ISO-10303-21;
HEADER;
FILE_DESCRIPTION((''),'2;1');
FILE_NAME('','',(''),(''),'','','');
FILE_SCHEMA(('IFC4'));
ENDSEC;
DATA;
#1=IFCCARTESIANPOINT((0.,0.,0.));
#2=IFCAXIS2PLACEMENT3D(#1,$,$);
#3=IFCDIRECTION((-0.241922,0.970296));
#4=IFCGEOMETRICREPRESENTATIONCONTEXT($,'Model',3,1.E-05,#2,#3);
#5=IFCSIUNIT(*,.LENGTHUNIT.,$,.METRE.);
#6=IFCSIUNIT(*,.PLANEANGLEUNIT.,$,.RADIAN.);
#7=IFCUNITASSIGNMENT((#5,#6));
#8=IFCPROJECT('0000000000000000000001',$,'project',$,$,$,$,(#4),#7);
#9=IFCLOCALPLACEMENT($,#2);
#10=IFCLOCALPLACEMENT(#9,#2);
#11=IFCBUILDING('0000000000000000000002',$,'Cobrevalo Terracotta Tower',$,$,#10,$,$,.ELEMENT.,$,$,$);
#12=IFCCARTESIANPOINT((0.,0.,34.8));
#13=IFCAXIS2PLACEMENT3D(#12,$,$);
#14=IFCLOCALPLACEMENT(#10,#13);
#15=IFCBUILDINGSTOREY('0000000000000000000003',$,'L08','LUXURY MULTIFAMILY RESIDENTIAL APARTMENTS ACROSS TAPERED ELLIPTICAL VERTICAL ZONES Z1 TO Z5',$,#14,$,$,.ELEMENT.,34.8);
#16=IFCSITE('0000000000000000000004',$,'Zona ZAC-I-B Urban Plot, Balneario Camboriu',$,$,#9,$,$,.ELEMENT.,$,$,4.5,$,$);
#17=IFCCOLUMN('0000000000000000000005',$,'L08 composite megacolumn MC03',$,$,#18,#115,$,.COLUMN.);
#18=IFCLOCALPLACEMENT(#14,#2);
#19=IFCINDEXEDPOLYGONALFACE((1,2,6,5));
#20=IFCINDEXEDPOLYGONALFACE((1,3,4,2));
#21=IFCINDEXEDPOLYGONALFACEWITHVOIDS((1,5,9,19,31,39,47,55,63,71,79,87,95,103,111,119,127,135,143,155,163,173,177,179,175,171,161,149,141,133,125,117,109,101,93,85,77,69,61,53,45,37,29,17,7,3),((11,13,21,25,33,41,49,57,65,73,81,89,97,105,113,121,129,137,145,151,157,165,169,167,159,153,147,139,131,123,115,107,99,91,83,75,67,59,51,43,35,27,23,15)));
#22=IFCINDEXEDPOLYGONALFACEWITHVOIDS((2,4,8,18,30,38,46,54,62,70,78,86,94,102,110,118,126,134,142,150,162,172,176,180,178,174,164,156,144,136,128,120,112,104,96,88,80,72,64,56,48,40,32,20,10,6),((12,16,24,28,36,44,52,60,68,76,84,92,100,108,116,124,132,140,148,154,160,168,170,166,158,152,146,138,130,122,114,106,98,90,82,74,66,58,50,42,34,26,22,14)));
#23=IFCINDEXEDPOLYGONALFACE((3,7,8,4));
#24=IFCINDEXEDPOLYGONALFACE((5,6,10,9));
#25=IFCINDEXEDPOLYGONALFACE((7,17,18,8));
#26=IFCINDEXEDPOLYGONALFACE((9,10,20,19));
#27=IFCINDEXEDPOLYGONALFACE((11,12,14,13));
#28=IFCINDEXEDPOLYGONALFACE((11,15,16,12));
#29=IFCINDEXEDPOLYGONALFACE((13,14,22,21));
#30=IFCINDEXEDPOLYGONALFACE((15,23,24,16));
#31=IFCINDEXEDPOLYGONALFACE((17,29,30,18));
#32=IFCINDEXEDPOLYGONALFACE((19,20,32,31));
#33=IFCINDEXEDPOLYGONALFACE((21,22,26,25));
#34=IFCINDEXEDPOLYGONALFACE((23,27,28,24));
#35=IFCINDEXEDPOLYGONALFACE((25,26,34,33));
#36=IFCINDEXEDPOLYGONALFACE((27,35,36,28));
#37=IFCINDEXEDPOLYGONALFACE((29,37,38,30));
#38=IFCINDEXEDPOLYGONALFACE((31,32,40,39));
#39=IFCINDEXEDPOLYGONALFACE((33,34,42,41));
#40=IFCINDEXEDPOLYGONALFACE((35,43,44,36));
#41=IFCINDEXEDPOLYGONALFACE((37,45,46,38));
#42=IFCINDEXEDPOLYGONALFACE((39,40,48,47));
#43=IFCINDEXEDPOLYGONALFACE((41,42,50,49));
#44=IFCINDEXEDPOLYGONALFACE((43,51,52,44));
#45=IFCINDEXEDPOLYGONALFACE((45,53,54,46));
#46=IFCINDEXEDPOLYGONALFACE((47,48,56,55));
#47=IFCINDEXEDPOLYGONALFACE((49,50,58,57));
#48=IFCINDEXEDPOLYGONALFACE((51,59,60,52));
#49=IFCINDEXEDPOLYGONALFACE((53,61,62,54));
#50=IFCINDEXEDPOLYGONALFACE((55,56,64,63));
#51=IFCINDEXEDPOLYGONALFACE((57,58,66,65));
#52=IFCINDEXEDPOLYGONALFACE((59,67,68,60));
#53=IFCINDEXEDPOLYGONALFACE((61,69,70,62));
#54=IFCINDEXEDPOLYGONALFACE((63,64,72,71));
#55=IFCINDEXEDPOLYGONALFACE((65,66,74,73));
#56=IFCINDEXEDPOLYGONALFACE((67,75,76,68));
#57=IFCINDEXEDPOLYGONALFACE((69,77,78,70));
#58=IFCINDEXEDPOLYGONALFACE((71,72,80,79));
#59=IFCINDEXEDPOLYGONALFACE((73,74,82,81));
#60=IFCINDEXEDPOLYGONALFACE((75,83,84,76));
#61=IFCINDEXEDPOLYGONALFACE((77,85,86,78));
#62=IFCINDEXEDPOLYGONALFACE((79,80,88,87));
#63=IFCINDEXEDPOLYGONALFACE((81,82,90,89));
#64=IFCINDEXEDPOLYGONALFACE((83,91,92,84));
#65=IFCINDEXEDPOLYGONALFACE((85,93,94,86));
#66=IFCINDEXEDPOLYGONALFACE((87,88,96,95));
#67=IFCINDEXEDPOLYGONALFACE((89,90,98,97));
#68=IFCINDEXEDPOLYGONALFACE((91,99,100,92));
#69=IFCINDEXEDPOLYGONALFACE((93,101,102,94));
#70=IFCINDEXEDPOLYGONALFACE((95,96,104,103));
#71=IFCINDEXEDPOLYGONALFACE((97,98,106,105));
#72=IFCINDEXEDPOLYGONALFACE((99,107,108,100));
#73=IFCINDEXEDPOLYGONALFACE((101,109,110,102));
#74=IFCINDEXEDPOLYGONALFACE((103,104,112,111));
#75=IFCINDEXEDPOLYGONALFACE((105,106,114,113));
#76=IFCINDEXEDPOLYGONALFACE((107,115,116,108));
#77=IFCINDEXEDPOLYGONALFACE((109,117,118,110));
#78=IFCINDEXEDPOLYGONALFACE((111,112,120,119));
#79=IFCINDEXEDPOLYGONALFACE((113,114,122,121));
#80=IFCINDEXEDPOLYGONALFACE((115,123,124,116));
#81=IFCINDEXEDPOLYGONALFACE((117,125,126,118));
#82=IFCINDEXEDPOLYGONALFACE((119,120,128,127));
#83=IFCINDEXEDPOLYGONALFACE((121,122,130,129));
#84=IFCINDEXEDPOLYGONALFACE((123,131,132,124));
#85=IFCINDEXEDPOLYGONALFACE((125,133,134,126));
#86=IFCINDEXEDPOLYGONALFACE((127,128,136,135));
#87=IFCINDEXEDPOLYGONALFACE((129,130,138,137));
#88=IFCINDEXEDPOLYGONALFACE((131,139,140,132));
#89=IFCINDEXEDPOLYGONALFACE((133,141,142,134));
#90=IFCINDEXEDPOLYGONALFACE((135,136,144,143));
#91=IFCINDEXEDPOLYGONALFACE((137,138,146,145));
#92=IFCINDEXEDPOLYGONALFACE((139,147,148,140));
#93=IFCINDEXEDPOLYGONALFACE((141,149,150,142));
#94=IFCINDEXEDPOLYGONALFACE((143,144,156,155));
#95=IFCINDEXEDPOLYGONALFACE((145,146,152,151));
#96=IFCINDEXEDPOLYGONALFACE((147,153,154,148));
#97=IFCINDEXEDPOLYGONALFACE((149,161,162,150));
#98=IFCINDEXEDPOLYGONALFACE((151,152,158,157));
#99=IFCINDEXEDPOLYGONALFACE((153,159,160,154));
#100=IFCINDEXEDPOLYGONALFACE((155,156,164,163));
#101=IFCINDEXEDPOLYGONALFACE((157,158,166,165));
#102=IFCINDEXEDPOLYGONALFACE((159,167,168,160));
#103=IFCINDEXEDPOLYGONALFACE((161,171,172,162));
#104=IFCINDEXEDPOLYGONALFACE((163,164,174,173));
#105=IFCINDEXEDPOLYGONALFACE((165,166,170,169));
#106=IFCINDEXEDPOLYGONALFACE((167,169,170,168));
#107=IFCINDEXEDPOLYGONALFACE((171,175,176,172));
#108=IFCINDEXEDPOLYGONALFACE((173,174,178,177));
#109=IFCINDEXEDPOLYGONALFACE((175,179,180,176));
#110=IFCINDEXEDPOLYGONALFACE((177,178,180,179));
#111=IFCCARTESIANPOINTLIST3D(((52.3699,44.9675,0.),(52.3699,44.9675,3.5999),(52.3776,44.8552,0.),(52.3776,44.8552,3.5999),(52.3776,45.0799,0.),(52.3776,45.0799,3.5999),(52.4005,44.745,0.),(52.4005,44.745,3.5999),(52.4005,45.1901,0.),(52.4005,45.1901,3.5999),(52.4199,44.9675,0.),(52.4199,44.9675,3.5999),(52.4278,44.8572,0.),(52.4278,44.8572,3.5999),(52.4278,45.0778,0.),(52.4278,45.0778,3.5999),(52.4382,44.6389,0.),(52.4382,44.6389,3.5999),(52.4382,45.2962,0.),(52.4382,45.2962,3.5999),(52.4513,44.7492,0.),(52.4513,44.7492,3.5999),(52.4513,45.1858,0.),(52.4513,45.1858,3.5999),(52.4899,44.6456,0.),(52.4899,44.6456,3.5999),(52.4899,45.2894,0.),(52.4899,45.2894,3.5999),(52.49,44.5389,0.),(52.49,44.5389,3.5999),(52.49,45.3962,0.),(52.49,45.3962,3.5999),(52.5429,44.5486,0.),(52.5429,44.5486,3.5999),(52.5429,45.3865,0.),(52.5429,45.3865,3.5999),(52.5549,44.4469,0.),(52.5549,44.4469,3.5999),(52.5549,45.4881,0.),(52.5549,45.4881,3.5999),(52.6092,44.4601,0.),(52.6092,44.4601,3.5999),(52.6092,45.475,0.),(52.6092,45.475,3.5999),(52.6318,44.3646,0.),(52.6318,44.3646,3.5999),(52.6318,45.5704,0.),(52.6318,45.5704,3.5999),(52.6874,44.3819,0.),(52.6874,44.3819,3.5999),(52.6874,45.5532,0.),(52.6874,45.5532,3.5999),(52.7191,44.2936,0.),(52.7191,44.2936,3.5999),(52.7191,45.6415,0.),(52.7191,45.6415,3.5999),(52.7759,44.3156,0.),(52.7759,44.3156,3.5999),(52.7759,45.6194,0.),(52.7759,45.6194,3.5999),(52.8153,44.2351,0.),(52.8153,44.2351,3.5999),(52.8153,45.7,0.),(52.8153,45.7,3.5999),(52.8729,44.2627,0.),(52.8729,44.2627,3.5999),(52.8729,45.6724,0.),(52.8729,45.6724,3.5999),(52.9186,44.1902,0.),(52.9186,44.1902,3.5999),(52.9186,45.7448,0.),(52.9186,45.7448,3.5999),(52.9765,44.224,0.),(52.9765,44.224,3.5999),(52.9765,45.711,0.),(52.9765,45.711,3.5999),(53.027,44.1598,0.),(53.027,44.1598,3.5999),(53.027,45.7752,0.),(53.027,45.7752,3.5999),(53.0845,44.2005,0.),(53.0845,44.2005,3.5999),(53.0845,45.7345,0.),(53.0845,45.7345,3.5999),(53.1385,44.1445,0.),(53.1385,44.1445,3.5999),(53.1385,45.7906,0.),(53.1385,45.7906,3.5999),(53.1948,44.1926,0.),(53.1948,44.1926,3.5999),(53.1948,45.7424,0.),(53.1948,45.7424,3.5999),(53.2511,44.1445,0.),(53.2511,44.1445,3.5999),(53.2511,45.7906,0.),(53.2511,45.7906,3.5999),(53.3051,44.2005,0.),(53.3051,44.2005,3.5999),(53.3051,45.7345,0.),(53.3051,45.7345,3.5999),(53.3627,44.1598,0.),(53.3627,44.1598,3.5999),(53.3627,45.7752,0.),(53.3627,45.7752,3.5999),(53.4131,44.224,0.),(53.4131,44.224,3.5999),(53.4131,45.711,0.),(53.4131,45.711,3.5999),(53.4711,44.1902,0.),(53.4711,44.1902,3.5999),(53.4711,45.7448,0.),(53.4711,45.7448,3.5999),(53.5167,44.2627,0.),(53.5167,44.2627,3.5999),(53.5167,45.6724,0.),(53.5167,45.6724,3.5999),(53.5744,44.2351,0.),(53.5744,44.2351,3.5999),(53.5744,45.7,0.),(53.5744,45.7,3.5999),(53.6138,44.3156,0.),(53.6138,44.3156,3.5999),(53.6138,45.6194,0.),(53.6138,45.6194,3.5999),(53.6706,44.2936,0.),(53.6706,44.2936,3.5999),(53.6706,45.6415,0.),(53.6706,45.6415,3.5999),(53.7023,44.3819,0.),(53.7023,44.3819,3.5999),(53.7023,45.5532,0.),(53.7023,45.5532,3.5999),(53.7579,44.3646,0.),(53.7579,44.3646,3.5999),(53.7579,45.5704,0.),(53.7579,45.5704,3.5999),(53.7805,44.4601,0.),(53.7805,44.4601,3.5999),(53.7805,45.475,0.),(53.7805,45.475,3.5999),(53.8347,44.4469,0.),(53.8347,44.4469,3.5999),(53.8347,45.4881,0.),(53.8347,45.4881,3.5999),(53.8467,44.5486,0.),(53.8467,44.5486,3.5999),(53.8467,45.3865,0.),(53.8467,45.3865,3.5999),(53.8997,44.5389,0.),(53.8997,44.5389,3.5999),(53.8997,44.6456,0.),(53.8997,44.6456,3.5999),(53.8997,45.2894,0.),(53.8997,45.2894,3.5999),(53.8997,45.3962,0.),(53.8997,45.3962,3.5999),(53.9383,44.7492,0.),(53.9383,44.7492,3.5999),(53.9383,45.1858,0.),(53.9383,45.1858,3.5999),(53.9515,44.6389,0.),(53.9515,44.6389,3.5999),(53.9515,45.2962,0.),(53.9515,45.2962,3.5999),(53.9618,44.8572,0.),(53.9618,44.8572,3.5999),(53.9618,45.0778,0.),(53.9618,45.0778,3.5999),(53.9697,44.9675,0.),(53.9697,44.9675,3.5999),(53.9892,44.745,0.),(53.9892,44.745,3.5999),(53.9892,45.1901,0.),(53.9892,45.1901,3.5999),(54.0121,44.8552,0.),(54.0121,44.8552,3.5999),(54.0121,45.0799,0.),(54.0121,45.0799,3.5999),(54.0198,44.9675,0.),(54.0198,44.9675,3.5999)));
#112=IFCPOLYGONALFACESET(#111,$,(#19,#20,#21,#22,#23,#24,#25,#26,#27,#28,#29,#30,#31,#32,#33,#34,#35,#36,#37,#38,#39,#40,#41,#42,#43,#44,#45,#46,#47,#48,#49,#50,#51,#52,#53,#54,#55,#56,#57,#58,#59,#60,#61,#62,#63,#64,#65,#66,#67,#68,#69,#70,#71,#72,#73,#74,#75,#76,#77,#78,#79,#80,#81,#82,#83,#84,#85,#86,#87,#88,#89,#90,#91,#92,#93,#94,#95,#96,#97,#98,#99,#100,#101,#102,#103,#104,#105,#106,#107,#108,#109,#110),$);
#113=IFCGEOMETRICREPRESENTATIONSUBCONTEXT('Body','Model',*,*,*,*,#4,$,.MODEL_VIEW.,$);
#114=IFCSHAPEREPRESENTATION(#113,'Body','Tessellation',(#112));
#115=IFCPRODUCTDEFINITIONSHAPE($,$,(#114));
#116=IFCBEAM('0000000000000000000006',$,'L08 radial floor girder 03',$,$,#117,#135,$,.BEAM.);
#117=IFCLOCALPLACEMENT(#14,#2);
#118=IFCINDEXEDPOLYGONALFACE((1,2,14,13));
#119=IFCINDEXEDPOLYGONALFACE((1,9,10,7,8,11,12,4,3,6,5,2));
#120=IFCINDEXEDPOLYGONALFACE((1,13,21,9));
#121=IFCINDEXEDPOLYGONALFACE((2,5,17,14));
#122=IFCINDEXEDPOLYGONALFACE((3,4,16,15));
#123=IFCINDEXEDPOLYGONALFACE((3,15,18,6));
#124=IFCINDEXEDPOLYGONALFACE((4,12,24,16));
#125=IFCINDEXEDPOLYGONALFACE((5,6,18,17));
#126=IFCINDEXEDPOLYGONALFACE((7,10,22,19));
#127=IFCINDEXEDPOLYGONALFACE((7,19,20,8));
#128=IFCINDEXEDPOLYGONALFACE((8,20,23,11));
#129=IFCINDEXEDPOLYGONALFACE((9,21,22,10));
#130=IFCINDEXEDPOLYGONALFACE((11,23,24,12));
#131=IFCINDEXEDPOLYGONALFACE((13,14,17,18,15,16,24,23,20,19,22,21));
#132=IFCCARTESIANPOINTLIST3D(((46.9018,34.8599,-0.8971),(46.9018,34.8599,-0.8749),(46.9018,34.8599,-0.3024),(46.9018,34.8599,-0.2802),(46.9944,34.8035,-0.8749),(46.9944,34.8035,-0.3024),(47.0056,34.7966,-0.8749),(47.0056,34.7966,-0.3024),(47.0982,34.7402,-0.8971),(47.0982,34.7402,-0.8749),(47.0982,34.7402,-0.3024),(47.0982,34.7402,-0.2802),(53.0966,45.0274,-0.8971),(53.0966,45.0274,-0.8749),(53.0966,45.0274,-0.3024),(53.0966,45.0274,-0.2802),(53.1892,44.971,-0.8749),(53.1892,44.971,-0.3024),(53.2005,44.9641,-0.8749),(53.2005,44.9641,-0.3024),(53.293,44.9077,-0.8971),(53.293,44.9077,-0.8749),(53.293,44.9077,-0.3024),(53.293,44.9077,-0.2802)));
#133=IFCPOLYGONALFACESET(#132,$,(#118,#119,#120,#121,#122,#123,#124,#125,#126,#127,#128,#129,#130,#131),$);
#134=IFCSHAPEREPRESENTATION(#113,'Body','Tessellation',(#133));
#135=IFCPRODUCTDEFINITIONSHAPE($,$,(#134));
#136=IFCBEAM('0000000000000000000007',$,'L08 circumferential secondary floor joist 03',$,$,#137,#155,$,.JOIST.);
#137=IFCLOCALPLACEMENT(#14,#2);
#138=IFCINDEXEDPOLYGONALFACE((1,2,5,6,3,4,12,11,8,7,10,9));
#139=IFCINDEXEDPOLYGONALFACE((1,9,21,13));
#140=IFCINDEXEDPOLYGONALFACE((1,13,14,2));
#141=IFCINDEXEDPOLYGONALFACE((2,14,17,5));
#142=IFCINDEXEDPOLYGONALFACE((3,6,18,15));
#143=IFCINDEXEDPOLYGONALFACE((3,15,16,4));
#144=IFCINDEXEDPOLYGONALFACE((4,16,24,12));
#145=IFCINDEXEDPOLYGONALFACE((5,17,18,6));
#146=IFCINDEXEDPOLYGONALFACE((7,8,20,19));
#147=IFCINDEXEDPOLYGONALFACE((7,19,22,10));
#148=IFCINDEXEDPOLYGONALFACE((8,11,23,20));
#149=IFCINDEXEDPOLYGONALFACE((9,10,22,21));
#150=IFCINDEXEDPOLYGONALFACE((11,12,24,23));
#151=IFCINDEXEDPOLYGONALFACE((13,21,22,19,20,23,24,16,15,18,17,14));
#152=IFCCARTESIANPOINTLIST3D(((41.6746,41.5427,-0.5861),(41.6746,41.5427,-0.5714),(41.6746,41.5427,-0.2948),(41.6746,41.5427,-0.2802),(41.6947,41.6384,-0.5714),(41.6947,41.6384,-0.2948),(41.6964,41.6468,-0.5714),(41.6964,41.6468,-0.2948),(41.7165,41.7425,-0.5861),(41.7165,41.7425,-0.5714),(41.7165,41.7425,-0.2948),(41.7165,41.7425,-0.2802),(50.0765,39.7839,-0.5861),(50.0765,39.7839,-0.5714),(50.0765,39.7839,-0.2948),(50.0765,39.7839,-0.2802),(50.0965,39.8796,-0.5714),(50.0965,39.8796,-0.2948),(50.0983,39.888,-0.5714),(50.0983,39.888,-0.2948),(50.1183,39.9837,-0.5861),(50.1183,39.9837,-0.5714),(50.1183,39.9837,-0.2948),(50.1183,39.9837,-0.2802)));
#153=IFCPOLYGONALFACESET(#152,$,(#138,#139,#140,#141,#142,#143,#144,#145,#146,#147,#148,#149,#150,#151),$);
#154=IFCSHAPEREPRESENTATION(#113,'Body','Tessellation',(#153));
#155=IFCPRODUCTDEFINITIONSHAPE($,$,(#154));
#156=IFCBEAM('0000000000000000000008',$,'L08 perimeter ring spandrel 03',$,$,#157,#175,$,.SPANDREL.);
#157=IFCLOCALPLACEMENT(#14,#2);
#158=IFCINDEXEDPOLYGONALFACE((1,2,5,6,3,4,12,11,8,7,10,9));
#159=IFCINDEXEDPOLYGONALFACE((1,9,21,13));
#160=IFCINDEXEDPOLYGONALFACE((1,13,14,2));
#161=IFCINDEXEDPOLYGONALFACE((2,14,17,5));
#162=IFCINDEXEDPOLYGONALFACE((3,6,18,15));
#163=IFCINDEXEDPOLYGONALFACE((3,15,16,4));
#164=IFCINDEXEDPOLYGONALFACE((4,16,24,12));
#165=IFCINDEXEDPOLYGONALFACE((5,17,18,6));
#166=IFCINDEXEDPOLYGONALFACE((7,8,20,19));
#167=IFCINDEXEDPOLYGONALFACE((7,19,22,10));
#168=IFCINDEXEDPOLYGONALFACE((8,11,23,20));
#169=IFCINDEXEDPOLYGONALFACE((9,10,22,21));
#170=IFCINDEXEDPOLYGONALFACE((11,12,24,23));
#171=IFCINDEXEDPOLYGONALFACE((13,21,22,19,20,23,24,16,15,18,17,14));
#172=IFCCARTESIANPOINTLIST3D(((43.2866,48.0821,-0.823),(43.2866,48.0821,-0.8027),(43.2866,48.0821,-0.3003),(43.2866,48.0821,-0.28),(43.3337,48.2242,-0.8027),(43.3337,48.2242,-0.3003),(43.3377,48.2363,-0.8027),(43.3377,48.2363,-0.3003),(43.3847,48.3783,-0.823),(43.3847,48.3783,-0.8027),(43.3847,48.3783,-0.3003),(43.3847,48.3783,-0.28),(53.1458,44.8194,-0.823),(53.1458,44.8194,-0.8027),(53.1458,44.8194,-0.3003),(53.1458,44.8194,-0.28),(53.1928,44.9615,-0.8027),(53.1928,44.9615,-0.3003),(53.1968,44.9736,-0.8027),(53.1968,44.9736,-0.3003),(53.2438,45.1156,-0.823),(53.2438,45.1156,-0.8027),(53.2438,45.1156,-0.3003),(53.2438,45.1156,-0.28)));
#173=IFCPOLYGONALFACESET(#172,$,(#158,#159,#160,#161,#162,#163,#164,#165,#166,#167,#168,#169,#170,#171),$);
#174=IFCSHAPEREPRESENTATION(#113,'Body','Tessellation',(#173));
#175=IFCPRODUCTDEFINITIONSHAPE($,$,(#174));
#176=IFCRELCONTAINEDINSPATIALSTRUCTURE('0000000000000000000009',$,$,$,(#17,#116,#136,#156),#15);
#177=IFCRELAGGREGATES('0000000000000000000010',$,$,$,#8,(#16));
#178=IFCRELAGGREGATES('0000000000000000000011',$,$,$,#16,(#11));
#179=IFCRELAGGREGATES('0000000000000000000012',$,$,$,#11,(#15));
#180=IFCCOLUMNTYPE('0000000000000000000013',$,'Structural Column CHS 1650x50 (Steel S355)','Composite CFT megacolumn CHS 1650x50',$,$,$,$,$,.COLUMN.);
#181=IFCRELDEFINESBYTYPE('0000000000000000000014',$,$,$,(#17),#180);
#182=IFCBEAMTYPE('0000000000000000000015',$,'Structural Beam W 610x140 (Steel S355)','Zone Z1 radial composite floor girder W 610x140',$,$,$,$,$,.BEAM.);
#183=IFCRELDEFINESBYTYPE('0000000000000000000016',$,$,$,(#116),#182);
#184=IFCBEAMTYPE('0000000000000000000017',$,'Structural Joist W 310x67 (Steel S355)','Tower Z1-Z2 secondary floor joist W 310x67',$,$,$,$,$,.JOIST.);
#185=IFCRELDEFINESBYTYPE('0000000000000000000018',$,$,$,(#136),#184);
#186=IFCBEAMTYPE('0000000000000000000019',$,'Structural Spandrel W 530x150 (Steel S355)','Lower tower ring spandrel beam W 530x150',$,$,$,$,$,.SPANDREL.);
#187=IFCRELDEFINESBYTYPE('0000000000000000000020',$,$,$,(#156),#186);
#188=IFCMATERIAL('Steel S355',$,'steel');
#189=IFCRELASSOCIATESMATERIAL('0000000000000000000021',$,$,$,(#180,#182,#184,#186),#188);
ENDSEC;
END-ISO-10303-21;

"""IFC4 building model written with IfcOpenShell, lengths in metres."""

from ifc_helpers import new_model, si_unit, direction, frame, origin, origin_2d, place, context, subcontext, project, spatial, hollow_circle, i_section, extrude, material, material_profile, profile_set, type_object, element, save


model = new_model("IFC4")

# Units and contexts
model_context = context("Model", 3, precision=1e-05, world=origin(), true_north=direction((-0.241922, 0.970296)))
body_context = subcontext(model_context, "Body", "Model", "MODEL_VIEW")
ifc_project = project(units=[si_unit("LENGTHUNIT", "METRE"), si_unit("PLANEANGLEUNIT", "RADIAN")], contexts=[model_context])

# Site, building, storey
site_placement = place(None, origin())
site = spatial("IfcSite", under=ifc_project, at=site_placement, Name="Zona ZAC-I-B Urban Plot, Balneario Camboriu", CompositionType="ELEMENT", RefElevation=4.5)
building_placement = place(site_placement, origin())
building = spatial("IfcBuilding", under=site, at=building_placement, Name="Cobrevalo Terracotta Tower", CompositionType="ELEMENT")
storey_placement = place(building_placement, frame((0.0, 0.0, 34.8)))
storey = spatial("IfcBuildingStorey", under=building, at=storey_placement, Name="L08", Description="LUXURY MULTIFAMILY RESIDENTIAL APARTMENTS ACROSS TAPERED ELLIPTICAL VERTICAL ZONES Z1 TO Z5", CompositionType="ELEMENT", Elevation=34.8)

# Column
ifc_material_1 = material(Name="Steel S355", Category="steel")
ifc_material_profile_1 = material_profile(ifc_material_1, hollow_circle(Radius=0.825, WallThickness=0.05, at=origin_2d()), Name="CHS 1650x50")
ifc_profile_set_1 = profile_set([ifc_material_profile_1], Name="Steel S355")
column_type = type_object("IfcColumnType", Name="Structural Column CHS 1650x50 (Steel S355)", Description="Composite CFT megacolumn CHS 1650x50", PredefinedType="COLUMN", material=ifc_profile_set_1)
column_placement = place(storey_placement, frame((53.1948, 44.9675, 0.0), z_axis=(0.0, 0.0, 1.0), x_axis=(1.0, 0.0, 0.0)))
element("IfcColumn", 1, at=column_placement, inside=storey, type_object=column_type, Name="L08 composite megacolumn MC03", PredefinedType="COLUMN", context=body_context, shape_type="SweptSolid", body=[
    extrude(hollow_circle(Radius=0.825, WallThickness=0.05, at=origin_2d()), origin(), (0.0, 0.0, 1.0), 3.5999),
])

# Beams
ifc_material_profile_2 = material_profile(ifc_material_1, i_section(OverallWidth=0.23, OverallDepth=0.6169, WebThickness=0.0132, FlangeThickness=0.0222, at=origin_2d()), Name="W 610x140")
ifc_profile_set_2 = profile_set([ifc_material_profile_2], Name="Steel S355")
beam_type_1 = type_object("IfcBeamType", Name="Structural Beam W 610x140 (Steel S355)", Description="Zone Z1 radial composite floor girder W 610x140", PredefinedType="BEAM", material=ifc_profile_set_2)
beam_1_placement = place(storey_placement, frame((53.1948, 44.9675, -0.5886), z_axis=(-0.52031, -0.853978, 0.0), x_axis=(0.853978, -0.52031, 0.0)))
element("IfcBeam", 2, at=beam_1_placement, inside=storey, type_object=beam_type_1, Name="L08 radial floor girder 03", PredefinedType="BEAM", context=body_context, shape_type="SweptSolid", body=[
    extrude(i_section(OverallWidth=0.23, OverallDepth=0.6169, WebThickness=0.0132, FlangeThickness=0.0222, at=origin_2d()), origin(), (0.0, 0.0, 1.0), 11.906),
])
ifc_material_profile_3 = material_profile(ifc_material_1, i_section(OverallWidth=0.2041, OverallDepth=0.3059, WebThickness=0.0085, FlangeThickness=0.0146, at=origin_2d()), Name="W 310x67")
ifc_profile_set_3 = profile_set([ifc_material_profile_3], Name="Steel S355")
beam_type_2 = type_object("IfcBeamType", Name="Structural Joist W 310x67 (Steel S355)", Description="Tower Z1-Z2 secondary floor joist W 310x67", PredefinedType="JOIST", material=ifc_profile_set_3)
beam_2_placement = place(storey_placement, frame((50.0974, 39.8838, -0.4331), z_axis=(-0.978785, 0.204892, 0.0), x_axis=(-0.204892, -0.978785, 0.0)))
element("IfcBeam", 3, at=beam_2_placement, inside=storey, type_object=beam_type_2, Name="L08 circumferential secondary floor joist 03", PredefinedType="JOIST", context=body_context, shape_type="SweptSolid", body=[
    extrude(i_section(OverallWidth=0.2041, OverallDepth=0.3059, WebThickness=0.0085, FlangeThickness=0.0146, at=origin_2d()), origin(), (0.0, 0.0, 1.0), 8.584),
])
ifc_material_profile_4 = material_profile(ifc_material_1, i_section(OverallWidth=0.312, OverallDepth=0.543, WebThickness=0.0127, FlangeThickness=0.0203, at=origin_2d()), Name="W 530x150")
ifc_profile_set_4 = profile_set([ifc_material_profile_4], Name="Steel S355")
beam_type_3 = type_object("IfcBeamType", Name="Structural Spandrel W 530x150 (Steel S355)", Description="Lower tower ring spandrel beam W 530x150", PredefinedType="SPANDREL", material=ifc_profile_set_4)
beam_3_placement = place(storey_placement, frame((53.1948, 44.9675, -0.5515), z_axis=(-0.949365, 0.314175, 0.0), x_axis=(-0.314175, -0.949365, 0.0)))
element("IfcBeam", 4, at=beam_3_placement, inside=storey, type_object=beam_type_3, Name="L08 perimeter ring spandrel 03", PredefinedType="SPANDREL", context=body_context, shape_type="SweptSolid", body=[
    extrude(i_section(OverallWidth=0.312, OverallDepth=0.543, WebThickness=0.0127, FlangeThickness=0.0203, at=origin_2d()), origin(), (0.0, 0.0, 1.0), 10.385),
])

save(model, "model.ifc")
